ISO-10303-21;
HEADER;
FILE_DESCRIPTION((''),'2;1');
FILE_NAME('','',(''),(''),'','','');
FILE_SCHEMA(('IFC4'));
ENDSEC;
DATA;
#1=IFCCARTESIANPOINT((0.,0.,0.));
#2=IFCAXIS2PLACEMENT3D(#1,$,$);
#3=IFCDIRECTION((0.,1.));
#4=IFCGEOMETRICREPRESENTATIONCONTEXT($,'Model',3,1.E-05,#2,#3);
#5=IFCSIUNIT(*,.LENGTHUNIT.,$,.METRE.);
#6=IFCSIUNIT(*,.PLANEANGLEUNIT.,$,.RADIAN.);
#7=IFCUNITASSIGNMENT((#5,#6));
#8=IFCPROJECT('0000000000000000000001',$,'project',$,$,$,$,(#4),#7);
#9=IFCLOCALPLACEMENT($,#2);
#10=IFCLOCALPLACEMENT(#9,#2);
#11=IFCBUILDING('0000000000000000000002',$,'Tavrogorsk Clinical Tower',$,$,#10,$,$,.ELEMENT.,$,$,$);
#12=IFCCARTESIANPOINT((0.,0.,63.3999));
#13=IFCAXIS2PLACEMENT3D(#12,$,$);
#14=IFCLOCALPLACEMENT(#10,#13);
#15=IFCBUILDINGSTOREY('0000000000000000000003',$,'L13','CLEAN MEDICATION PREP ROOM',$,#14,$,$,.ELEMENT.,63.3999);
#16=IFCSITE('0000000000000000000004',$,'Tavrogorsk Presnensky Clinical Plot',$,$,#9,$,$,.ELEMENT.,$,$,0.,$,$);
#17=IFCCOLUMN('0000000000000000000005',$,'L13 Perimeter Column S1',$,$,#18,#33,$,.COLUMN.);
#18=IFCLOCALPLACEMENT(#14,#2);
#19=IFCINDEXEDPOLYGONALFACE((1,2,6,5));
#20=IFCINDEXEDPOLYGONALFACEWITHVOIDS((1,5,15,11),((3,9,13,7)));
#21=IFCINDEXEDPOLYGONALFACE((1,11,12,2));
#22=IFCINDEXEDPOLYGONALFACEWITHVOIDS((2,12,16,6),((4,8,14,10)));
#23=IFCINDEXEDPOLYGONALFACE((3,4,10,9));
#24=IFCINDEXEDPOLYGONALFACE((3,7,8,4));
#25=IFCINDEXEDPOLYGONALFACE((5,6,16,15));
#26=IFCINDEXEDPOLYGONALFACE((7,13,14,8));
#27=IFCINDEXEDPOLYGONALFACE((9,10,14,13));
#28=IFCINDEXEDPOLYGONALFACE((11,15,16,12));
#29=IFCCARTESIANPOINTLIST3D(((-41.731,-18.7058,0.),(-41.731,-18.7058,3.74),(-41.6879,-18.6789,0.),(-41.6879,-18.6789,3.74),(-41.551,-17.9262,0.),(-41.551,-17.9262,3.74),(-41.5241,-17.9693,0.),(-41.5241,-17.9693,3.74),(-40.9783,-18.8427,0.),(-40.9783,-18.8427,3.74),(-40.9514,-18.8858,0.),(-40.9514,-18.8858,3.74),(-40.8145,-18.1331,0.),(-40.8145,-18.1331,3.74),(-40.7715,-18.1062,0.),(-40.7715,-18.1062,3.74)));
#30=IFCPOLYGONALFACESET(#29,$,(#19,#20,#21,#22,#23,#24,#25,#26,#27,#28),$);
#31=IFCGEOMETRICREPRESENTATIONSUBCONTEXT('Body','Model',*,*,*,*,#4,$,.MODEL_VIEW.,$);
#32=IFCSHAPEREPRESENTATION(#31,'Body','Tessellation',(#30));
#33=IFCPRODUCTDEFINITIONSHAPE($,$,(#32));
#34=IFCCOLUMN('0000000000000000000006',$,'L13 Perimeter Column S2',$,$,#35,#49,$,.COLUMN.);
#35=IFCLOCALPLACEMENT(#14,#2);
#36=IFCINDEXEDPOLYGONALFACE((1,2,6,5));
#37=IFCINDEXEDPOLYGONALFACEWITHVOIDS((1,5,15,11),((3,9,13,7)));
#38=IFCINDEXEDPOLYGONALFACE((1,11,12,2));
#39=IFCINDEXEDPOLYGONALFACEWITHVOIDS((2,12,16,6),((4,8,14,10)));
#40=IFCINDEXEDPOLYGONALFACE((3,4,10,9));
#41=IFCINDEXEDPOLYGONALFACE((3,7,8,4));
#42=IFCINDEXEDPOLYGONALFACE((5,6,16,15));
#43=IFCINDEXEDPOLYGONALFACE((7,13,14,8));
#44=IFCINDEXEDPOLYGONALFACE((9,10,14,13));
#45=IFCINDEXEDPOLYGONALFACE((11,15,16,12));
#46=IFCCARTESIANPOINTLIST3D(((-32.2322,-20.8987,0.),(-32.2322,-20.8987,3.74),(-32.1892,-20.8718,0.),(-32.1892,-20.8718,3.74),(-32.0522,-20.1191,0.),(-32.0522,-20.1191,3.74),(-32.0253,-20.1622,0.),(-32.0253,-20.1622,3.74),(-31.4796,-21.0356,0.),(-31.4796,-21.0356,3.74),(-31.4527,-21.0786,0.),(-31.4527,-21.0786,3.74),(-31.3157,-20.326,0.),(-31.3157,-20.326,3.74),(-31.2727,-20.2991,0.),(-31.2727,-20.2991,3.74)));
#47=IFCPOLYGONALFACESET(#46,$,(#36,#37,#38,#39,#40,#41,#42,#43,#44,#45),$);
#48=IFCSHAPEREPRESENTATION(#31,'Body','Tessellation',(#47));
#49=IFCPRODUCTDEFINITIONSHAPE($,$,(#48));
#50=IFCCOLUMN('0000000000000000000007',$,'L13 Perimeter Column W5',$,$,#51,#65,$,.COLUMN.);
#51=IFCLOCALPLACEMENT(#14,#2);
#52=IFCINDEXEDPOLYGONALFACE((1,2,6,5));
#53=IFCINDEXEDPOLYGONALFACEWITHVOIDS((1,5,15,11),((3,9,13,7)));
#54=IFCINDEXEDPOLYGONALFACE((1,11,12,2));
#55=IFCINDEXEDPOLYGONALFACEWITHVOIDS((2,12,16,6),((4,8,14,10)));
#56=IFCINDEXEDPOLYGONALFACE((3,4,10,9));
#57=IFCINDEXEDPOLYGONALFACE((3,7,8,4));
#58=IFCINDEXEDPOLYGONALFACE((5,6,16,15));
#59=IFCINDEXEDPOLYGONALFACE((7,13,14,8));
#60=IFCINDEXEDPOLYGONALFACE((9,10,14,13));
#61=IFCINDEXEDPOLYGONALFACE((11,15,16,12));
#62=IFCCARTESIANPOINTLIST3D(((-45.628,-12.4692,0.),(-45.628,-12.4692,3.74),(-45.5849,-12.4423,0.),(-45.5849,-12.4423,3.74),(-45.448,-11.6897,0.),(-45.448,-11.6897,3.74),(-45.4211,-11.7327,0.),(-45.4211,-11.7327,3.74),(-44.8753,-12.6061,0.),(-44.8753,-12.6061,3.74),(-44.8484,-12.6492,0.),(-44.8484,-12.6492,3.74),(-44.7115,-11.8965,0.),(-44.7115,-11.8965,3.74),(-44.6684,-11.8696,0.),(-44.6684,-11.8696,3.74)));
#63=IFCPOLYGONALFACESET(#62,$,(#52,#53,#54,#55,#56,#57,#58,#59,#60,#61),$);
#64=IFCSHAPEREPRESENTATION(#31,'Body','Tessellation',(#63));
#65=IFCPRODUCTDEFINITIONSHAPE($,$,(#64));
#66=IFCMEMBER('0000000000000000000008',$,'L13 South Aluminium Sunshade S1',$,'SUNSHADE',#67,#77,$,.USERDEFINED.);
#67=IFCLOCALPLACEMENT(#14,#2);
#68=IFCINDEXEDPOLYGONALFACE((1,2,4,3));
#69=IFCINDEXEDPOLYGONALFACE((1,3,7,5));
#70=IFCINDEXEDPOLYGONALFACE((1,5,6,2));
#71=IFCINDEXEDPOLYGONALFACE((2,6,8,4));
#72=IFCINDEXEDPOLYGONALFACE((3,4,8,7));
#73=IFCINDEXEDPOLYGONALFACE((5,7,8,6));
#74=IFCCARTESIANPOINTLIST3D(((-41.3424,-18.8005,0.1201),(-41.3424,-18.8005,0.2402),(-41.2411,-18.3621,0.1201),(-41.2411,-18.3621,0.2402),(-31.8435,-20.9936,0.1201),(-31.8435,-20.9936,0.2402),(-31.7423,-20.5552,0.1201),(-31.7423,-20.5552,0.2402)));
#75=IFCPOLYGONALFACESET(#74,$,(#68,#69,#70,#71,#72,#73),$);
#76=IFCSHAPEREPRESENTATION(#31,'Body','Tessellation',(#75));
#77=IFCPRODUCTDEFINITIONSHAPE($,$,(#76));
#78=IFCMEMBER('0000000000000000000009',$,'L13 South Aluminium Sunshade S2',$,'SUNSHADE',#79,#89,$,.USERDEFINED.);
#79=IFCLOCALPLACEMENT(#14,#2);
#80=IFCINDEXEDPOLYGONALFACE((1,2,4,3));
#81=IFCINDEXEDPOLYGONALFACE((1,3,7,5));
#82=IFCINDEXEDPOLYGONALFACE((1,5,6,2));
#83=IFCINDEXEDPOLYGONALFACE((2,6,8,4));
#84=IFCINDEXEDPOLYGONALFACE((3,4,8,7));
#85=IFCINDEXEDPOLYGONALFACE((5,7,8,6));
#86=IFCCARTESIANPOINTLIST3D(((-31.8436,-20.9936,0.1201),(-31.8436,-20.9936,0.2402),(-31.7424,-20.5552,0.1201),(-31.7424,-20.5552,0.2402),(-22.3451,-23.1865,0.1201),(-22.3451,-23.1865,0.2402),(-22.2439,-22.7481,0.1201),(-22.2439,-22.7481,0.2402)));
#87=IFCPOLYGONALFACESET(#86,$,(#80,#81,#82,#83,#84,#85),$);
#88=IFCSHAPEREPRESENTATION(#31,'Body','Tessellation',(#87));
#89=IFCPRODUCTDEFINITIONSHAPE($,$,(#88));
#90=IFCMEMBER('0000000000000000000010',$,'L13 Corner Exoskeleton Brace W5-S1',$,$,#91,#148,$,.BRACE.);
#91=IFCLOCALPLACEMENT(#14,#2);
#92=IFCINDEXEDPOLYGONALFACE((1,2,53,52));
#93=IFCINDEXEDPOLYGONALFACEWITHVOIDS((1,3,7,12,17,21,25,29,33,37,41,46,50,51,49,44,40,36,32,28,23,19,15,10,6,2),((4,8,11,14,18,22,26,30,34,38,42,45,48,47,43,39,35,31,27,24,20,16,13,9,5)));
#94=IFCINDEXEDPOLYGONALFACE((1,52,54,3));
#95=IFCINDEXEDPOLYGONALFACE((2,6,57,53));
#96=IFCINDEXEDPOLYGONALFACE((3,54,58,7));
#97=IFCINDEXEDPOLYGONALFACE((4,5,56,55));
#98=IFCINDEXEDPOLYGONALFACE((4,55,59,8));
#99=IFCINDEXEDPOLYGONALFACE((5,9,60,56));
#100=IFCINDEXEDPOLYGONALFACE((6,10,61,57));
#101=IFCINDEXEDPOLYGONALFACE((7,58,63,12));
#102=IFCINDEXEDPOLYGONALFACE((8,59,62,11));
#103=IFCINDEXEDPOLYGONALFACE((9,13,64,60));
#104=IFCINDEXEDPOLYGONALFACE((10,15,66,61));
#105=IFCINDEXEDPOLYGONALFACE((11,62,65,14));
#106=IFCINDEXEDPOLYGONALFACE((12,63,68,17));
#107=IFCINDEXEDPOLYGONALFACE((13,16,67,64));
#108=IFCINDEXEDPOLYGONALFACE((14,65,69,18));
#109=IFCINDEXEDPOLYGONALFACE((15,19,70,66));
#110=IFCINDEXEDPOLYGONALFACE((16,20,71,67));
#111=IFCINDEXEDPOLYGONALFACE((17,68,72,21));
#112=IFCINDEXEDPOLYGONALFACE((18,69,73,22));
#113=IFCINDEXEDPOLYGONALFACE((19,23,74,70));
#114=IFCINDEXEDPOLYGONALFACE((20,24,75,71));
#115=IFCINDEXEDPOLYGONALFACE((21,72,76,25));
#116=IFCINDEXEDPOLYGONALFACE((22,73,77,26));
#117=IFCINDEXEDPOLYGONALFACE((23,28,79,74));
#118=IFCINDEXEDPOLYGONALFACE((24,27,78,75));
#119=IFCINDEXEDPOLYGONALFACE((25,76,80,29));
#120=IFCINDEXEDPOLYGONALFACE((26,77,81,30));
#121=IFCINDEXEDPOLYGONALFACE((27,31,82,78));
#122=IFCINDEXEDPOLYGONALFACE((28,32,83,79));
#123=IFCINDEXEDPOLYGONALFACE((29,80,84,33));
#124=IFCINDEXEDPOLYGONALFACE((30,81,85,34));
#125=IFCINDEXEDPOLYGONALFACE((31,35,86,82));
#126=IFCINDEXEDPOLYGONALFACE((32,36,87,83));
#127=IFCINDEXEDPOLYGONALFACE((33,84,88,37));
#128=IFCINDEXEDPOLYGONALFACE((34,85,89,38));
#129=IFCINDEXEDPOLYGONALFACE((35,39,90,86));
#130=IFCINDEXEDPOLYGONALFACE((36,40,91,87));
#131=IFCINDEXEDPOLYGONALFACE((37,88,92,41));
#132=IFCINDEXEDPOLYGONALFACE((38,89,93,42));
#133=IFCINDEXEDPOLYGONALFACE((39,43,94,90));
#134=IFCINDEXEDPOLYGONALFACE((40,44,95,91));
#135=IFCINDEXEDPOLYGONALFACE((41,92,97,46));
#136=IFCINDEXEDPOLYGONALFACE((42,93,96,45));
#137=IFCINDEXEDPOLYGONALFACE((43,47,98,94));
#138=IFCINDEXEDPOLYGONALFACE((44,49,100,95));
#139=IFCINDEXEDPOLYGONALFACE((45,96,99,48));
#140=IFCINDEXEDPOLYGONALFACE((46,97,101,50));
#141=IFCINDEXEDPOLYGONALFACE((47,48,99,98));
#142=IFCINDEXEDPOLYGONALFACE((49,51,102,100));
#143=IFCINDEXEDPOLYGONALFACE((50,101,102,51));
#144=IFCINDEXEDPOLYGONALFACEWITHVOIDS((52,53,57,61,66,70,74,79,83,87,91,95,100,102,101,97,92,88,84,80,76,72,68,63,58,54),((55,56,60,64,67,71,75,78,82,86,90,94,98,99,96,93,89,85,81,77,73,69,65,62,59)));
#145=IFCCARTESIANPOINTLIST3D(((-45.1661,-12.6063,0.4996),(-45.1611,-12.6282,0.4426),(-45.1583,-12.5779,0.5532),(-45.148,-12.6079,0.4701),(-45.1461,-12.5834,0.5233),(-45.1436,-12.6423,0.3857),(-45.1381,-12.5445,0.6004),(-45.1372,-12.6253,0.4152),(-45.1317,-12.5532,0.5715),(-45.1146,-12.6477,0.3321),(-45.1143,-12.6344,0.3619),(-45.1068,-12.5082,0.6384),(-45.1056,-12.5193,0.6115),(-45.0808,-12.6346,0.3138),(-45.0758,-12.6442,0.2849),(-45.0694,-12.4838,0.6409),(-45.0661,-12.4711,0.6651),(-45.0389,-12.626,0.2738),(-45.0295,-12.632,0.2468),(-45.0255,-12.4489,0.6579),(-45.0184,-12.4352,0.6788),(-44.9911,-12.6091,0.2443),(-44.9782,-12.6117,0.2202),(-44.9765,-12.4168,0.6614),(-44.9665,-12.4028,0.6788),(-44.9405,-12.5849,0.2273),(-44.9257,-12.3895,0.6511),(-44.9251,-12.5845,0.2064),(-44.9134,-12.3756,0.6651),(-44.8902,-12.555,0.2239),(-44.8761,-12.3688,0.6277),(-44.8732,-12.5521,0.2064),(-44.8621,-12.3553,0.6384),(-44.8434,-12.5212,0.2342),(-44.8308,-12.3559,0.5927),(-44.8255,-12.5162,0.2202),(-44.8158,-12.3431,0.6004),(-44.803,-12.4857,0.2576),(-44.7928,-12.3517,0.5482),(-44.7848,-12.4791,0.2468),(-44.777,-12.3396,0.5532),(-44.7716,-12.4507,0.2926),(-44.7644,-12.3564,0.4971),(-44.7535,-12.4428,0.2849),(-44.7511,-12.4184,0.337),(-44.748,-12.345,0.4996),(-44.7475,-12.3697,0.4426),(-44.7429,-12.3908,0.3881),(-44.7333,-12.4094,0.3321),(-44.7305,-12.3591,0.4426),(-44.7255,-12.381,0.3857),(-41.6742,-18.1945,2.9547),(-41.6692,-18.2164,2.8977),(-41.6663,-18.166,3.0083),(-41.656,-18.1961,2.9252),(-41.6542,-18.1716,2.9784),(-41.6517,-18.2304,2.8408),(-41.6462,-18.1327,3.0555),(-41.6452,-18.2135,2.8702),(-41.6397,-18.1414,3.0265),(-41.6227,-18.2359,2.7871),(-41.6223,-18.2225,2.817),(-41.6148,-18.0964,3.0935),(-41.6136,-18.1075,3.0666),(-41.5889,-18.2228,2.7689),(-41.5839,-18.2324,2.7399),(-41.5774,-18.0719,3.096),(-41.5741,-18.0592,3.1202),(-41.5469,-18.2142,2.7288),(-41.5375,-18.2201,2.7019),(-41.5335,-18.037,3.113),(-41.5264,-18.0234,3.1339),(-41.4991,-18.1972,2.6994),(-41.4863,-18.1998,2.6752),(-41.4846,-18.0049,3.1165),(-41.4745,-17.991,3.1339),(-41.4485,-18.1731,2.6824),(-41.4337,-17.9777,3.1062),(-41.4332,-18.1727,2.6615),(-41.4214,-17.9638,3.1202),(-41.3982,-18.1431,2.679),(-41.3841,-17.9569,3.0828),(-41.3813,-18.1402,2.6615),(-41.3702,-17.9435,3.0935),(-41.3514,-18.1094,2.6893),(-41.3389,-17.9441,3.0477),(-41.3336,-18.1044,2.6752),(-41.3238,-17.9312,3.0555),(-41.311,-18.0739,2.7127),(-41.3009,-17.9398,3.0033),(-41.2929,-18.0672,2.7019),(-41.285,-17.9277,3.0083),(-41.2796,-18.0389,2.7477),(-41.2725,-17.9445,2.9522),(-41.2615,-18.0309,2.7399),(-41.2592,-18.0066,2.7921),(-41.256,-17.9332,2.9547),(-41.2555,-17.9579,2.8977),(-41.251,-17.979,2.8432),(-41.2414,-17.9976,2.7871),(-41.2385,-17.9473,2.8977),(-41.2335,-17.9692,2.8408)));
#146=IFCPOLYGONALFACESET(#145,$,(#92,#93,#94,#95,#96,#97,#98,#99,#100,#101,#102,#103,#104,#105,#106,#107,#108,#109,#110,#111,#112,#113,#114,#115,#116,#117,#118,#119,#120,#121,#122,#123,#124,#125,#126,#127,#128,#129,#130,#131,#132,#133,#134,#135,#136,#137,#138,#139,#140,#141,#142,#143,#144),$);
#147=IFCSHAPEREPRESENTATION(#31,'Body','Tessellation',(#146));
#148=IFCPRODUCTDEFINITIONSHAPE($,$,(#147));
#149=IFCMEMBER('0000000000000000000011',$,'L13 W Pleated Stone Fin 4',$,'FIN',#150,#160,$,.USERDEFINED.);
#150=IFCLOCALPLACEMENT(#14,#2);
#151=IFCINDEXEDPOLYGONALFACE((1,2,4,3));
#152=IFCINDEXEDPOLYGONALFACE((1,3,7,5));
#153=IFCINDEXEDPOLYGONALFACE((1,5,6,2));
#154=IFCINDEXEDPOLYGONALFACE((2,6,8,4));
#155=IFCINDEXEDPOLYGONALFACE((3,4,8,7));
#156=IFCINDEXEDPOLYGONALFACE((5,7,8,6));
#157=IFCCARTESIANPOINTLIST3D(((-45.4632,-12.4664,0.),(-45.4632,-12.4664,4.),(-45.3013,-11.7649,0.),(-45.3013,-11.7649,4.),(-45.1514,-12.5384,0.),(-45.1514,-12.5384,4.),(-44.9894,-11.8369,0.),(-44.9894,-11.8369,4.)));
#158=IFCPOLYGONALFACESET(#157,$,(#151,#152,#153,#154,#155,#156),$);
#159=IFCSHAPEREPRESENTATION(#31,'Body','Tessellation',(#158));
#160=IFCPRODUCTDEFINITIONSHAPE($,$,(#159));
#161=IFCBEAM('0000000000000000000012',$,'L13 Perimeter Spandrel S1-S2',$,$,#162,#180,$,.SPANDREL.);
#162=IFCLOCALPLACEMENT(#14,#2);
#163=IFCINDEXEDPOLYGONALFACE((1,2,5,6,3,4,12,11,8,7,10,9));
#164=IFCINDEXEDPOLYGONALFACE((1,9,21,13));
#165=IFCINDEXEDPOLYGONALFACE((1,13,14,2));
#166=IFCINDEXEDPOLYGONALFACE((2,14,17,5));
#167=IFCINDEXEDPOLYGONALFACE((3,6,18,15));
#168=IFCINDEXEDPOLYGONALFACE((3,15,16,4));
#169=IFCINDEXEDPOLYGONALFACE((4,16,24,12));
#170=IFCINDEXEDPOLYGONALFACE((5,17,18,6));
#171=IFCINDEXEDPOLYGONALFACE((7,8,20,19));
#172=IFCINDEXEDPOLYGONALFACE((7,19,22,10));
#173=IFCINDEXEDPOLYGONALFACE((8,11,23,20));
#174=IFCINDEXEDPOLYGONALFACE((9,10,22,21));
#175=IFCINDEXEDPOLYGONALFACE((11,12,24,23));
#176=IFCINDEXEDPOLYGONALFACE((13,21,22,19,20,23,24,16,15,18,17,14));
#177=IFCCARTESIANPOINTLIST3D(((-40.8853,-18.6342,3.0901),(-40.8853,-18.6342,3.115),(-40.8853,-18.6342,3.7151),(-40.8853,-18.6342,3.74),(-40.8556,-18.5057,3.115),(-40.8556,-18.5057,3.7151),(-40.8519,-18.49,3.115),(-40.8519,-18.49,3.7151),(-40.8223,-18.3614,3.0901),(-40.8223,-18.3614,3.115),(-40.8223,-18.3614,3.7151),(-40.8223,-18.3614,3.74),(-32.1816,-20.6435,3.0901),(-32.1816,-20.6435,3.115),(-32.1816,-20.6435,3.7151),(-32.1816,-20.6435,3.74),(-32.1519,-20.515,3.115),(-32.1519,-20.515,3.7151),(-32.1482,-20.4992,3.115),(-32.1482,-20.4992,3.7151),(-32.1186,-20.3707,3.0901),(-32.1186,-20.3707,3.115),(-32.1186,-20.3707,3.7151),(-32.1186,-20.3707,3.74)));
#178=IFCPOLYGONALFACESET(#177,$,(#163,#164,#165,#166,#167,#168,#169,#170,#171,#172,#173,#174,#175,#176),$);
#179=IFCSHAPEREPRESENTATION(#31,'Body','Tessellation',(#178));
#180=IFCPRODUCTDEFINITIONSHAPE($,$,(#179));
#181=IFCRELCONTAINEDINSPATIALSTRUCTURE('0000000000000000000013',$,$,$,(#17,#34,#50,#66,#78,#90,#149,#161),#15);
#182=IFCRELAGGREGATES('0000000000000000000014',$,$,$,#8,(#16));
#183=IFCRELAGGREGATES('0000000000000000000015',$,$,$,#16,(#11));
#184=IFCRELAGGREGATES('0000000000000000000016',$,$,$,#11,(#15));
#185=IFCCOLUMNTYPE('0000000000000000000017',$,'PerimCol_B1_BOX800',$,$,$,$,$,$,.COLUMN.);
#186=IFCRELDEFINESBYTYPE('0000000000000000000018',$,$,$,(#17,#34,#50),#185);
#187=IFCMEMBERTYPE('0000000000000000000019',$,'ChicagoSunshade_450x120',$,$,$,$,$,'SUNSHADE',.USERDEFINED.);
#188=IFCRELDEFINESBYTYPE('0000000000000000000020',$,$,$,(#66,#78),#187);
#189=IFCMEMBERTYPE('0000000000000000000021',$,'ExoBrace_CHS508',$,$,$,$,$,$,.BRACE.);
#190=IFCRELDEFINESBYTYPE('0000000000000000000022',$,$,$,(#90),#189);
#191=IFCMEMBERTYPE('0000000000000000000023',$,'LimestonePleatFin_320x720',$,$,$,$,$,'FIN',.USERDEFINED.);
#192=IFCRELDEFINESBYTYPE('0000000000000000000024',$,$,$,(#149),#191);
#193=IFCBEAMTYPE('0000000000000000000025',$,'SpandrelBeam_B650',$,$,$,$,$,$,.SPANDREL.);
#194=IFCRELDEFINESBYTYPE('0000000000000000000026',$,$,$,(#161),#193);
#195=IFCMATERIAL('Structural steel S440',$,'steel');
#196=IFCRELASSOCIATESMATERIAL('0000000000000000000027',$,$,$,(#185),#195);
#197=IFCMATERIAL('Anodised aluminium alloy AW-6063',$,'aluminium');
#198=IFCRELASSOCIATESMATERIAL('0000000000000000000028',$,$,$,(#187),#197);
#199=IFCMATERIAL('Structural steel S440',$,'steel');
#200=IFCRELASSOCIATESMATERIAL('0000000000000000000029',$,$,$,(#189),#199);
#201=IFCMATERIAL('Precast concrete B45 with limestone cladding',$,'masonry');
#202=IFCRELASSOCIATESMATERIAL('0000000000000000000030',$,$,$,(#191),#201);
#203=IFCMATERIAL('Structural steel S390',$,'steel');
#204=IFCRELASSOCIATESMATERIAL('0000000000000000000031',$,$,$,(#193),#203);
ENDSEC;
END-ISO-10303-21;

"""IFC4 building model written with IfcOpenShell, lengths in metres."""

from ifc_helpers import new_model, si_unit, direction, frame, origin, origin_2d, place, context, subcontext, project, spatial, rectangle, hollow_rectangle, hollow_circle, i_section, extrude, material, material_profile, profile_set, type_object, element, save


model = new_model("IFC4")

# Units and contexts
model_context = context("Model", 3, precision=1e-05, world=origin(), true_north=direction((0.0, 1.0)))
body_context = subcontext(model_context, "Body", "Model", "MODEL_VIEW")
ifc_project = project(units=[si_unit("LENGTHUNIT", "METRE"), si_unit("PLANEANGLEUNIT", "RADIAN")], contexts=[model_context])

# Site, building, storey
site_placement = place(None, origin())
site = spatial("IfcSite", under=ifc_project, at=site_placement, Name="Tavrogorsk Presnensky Clinical Plot", CompositionType="ELEMENT", RefElevation=0.0)
building_placement = place(site_placement, origin())
building = spatial("IfcBuilding", under=site, at=building_placement, Name="Tavrogorsk Clinical Tower", CompositionType="ELEMENT")
storey_placement = place(building_placement, frame((0.0, 0.0, 63.3999)))
storey = spatial("IfcBuildingStorey", under=building, at=storey_placement, Name="L13", Description="CLEAN MEDICATION PREP ROOM", CompositionType="ELEMENT", Elevation=63.3999)

# Columns
ifc_material_1 = material(Name="Structural steel S440", Category="steel")
ifc_material_profile_1 = material_profile(ifc_material_1, hollow_rectangle(XDim=0.8, YDim=0.8, WallThickness=0.0359, at=origin_2d()), Name="BOX-800x800x36")
ifc_profile_set_1 = profile_set([ifc_material_profile_1], Name="Structural steel S440")
column_type = type_object("IfcColumnType", Name="PerimCol_B1_BOX800", PredefinedType="COLUMN", material=ifc_profile_set_1)
for number, where, z_axis, x_axis, name in (
    (1, (-41.2512, -18.406, 0.0), (0.0, 0.0, 1.0), (0.97437, -0.224951, 0.0), "L13 Perimeter Column S1"),
    (2, (-31.7524, -20.5989, 0.0), (0.0, 0.0, 1.0), (0.97437, -0.224951, 0.0), "L13 Perimeter Column S2"),
    (3, (-45.1482, -12.1694, 0.0), (0.0, 0.0, 1.0), (0.97437, -0.224951, 0.0), "L13 Perimeter Column W5"),
):
    element("IfcColumn", number, at=place(storey_placement, frame(where, z_axis=z_axis, x_axis=x_axis)), inside=storey, type_object=column_type, Name=name, PredefinedType="COLUMN", context=body_context, shape_type="SweptSolid", body=[
        extrude(hollow_rectangle(XDim=0.8, YDim=0.8, WallThickness=0.0359, at=origin_2d()), origin(), (0.0, 0.0, 1.0), 3.74),
    ])

# Members
ifc_material_2 = material(Name="Anodised aluminium alloy AW-6063", Category="aluminium")
ifc_material_profile_2 = material_profile(ifc_material_2, rectangle(XDim=0.45, YDim=0.1201, at=origin_2d()), Name="ALU-SUNSHADE-450x120")
ifc_profile_set_2 = profile_set([ifc_material_profile_2], Name="Anodised aluminium alloy AW-6063")
member_type_1 = type_object("IfcMemberType", Name="ChicagoSunshade_450x120", ElementType="SUNSHADE", PredefinedType="USERDEFINED", material=ifc_profile_set_2)
member_1_placement = place(storey_placement, frame((-41.2917, -18.5813, 0.1802), z_axis=(0.974367, -0.224966, 0.0), x_axis=(0.224966, 0.974367, 0.0)))
element("IfcMember", 4, at=member_1_placement, inside=storey, type_object=member_type_1, Name="L13 South Aluminium Sunshade S1", ObjectType="SUNSHADE", PredefinedType="USERDEFINED", context=body_context, shape_type="SweptSolid", body=[
    extrude(rectangle(XDim=0.45, YDim=0.1201, at=origin_2d()), origin(), (0.0, 0.0, 1.0), 9.7488),
])
member_2_placement = place(storey_placement, frame((-31.793, -20.7744, 0.1802), z_axis=(0.974371, -0.224947, 0.0), x_axis=(0.224947, 0.974371, 0.0)))
element("IfcMember", 5, at=member_2_placement, inside=storey, type_object=member_type_1, Name="L13 South Aluminium Sunshade S2", ObjectType="SUNSHADE", PredefinedType="USERDEFINED", context=body_context, shape_type="SweptSolid", body=[
    extrude(rectangle(XDim=0.45, YDim=0.1201, at=origin_2d()), origin(), (0.0, 0.0, 1.0), 9.7483),
])
ifc_material_3 = material(Name="Structural steel S440", Category="steel")
ifc_material_profile_3 = material_profile(ifc_material_3, hollow_circle(Radius=0.2539, WallThickness=0.02, at=origin_2d()), Name="CHS-508x20")
ifc_profile_set_3 = profile_set([ifc_material_profile_3], Name="Structural steel S440")
member_type_2 = type_object("IfcMemberType", Name="ExoBrace_CHS508", PredefinedType="BRACE", material=ifc_profile_set_3)
member_3_placement = place(storey_placement, frame((-44.9458, -12.4937, 0.4426), z_axis=(0.496582, -0.794678, 0.349132), x_axis=(0.848042, 0.529929, 0.0)))
element("IfcMember", 6, at=member_3_placement, inside=storey, type_object=member_type_2, Name="L13 Corner Exoskeleton Brace W5-S1", PredefinedType="BRACE", context=body_context, shape_type="SweptSolid", body=[
    extrude(hollow_circle(Radius=0.2539, WallThickness=0.02, at=origin_2d()), origin(), (0.0, 0.0, 1.0), 7.032),
])
ifc_material_4 = material(Name="Precast concrete B45 with limestone cladding", Category="masonry")
ifc_material_profile_4 = material_profile(ifc_material_4, rectangle(XDim=0.3201, YDim=0.72, at=origin_2d()), Name="LIMESTONE-FIN-320x720")
ifc_profile_set_4 = profile_set([ifc_material_profile_4], Name="Precast concrete B45 with limestone cladding")
member_type_3 = type_object("IfcMemberType", Name="LimestonePleatFin_320x720", ElementType="FIN", PredefinedType="USERDEFINED", material=ifc_profile_set_4)
member_4_placement = place(storey_placement, frame((-45.2263, -12.1516, 0.0), z_axis=(0.0, 0.0, 1.0), x_axis=(0.97437, -0.224951, 0.0)))
element("IfcMember", 7, at=member_4_placement, inside=storey, type_object=member_type_3, Name="L13 W Pleated Stone Fin 4", ObjectType="FIN", PredefinedType="USERDEFINED", context=body_context, shape_type="SweptSolid", body=[
    extrude(rectangle(XDim=0.3201, YDim=0.72, at=origin_2d()), origin(), (0.0, 0.0, 1.0), 4.0),
])

# Beam
ifc_material_5 = material(Name="Structural steel S390", Category="steel")
ifc_material_profile_5 = material_profile(ifc_material_5, i_section(OverallWidth=0.28, OverallDepth=0.6499, WebThickness=0.0161, FlangeThickness=0.0249, at=origin_2d()), Name="B-650x280x16x25")
ifc_profile_set_5 = profile_set([ifc_material_profile_5], Name="Structural steel S390")
beam_type = type_object("IfcBeamType", Name="SpandrelBeam_B650", PredefinedType="SPANDREL", material=ifc_profile_set_5)
for number, where, z_axis, x_axis, name in (
    (8, (-40.8538, -18.4978, 3.415), (0.974373, -0.224939, 0.0), (0.224939, 0.974373, 0.0), "L13 Perimeter Spandrel S1-S2"),
):
    element("IfcBeam", number, at=place(storey_placement, frame(where, z_axis=z_axis, x_axis=x_axis)), inside=storey, type_object=beam_type, Name=name, PredefinedType="SPANDREL", context=body_context, shape_type="SweptSolid", body=[
        extrude(i_section(OverallWidth=0.28, OverallDepth=0.6499, WebThickness=0.0161, FlangeThickness=0.0249, at=origin_2d()), origin(), (0.0, 0.0, 1.0), 8.9326),
    ])

save(model, "model.ifc")
